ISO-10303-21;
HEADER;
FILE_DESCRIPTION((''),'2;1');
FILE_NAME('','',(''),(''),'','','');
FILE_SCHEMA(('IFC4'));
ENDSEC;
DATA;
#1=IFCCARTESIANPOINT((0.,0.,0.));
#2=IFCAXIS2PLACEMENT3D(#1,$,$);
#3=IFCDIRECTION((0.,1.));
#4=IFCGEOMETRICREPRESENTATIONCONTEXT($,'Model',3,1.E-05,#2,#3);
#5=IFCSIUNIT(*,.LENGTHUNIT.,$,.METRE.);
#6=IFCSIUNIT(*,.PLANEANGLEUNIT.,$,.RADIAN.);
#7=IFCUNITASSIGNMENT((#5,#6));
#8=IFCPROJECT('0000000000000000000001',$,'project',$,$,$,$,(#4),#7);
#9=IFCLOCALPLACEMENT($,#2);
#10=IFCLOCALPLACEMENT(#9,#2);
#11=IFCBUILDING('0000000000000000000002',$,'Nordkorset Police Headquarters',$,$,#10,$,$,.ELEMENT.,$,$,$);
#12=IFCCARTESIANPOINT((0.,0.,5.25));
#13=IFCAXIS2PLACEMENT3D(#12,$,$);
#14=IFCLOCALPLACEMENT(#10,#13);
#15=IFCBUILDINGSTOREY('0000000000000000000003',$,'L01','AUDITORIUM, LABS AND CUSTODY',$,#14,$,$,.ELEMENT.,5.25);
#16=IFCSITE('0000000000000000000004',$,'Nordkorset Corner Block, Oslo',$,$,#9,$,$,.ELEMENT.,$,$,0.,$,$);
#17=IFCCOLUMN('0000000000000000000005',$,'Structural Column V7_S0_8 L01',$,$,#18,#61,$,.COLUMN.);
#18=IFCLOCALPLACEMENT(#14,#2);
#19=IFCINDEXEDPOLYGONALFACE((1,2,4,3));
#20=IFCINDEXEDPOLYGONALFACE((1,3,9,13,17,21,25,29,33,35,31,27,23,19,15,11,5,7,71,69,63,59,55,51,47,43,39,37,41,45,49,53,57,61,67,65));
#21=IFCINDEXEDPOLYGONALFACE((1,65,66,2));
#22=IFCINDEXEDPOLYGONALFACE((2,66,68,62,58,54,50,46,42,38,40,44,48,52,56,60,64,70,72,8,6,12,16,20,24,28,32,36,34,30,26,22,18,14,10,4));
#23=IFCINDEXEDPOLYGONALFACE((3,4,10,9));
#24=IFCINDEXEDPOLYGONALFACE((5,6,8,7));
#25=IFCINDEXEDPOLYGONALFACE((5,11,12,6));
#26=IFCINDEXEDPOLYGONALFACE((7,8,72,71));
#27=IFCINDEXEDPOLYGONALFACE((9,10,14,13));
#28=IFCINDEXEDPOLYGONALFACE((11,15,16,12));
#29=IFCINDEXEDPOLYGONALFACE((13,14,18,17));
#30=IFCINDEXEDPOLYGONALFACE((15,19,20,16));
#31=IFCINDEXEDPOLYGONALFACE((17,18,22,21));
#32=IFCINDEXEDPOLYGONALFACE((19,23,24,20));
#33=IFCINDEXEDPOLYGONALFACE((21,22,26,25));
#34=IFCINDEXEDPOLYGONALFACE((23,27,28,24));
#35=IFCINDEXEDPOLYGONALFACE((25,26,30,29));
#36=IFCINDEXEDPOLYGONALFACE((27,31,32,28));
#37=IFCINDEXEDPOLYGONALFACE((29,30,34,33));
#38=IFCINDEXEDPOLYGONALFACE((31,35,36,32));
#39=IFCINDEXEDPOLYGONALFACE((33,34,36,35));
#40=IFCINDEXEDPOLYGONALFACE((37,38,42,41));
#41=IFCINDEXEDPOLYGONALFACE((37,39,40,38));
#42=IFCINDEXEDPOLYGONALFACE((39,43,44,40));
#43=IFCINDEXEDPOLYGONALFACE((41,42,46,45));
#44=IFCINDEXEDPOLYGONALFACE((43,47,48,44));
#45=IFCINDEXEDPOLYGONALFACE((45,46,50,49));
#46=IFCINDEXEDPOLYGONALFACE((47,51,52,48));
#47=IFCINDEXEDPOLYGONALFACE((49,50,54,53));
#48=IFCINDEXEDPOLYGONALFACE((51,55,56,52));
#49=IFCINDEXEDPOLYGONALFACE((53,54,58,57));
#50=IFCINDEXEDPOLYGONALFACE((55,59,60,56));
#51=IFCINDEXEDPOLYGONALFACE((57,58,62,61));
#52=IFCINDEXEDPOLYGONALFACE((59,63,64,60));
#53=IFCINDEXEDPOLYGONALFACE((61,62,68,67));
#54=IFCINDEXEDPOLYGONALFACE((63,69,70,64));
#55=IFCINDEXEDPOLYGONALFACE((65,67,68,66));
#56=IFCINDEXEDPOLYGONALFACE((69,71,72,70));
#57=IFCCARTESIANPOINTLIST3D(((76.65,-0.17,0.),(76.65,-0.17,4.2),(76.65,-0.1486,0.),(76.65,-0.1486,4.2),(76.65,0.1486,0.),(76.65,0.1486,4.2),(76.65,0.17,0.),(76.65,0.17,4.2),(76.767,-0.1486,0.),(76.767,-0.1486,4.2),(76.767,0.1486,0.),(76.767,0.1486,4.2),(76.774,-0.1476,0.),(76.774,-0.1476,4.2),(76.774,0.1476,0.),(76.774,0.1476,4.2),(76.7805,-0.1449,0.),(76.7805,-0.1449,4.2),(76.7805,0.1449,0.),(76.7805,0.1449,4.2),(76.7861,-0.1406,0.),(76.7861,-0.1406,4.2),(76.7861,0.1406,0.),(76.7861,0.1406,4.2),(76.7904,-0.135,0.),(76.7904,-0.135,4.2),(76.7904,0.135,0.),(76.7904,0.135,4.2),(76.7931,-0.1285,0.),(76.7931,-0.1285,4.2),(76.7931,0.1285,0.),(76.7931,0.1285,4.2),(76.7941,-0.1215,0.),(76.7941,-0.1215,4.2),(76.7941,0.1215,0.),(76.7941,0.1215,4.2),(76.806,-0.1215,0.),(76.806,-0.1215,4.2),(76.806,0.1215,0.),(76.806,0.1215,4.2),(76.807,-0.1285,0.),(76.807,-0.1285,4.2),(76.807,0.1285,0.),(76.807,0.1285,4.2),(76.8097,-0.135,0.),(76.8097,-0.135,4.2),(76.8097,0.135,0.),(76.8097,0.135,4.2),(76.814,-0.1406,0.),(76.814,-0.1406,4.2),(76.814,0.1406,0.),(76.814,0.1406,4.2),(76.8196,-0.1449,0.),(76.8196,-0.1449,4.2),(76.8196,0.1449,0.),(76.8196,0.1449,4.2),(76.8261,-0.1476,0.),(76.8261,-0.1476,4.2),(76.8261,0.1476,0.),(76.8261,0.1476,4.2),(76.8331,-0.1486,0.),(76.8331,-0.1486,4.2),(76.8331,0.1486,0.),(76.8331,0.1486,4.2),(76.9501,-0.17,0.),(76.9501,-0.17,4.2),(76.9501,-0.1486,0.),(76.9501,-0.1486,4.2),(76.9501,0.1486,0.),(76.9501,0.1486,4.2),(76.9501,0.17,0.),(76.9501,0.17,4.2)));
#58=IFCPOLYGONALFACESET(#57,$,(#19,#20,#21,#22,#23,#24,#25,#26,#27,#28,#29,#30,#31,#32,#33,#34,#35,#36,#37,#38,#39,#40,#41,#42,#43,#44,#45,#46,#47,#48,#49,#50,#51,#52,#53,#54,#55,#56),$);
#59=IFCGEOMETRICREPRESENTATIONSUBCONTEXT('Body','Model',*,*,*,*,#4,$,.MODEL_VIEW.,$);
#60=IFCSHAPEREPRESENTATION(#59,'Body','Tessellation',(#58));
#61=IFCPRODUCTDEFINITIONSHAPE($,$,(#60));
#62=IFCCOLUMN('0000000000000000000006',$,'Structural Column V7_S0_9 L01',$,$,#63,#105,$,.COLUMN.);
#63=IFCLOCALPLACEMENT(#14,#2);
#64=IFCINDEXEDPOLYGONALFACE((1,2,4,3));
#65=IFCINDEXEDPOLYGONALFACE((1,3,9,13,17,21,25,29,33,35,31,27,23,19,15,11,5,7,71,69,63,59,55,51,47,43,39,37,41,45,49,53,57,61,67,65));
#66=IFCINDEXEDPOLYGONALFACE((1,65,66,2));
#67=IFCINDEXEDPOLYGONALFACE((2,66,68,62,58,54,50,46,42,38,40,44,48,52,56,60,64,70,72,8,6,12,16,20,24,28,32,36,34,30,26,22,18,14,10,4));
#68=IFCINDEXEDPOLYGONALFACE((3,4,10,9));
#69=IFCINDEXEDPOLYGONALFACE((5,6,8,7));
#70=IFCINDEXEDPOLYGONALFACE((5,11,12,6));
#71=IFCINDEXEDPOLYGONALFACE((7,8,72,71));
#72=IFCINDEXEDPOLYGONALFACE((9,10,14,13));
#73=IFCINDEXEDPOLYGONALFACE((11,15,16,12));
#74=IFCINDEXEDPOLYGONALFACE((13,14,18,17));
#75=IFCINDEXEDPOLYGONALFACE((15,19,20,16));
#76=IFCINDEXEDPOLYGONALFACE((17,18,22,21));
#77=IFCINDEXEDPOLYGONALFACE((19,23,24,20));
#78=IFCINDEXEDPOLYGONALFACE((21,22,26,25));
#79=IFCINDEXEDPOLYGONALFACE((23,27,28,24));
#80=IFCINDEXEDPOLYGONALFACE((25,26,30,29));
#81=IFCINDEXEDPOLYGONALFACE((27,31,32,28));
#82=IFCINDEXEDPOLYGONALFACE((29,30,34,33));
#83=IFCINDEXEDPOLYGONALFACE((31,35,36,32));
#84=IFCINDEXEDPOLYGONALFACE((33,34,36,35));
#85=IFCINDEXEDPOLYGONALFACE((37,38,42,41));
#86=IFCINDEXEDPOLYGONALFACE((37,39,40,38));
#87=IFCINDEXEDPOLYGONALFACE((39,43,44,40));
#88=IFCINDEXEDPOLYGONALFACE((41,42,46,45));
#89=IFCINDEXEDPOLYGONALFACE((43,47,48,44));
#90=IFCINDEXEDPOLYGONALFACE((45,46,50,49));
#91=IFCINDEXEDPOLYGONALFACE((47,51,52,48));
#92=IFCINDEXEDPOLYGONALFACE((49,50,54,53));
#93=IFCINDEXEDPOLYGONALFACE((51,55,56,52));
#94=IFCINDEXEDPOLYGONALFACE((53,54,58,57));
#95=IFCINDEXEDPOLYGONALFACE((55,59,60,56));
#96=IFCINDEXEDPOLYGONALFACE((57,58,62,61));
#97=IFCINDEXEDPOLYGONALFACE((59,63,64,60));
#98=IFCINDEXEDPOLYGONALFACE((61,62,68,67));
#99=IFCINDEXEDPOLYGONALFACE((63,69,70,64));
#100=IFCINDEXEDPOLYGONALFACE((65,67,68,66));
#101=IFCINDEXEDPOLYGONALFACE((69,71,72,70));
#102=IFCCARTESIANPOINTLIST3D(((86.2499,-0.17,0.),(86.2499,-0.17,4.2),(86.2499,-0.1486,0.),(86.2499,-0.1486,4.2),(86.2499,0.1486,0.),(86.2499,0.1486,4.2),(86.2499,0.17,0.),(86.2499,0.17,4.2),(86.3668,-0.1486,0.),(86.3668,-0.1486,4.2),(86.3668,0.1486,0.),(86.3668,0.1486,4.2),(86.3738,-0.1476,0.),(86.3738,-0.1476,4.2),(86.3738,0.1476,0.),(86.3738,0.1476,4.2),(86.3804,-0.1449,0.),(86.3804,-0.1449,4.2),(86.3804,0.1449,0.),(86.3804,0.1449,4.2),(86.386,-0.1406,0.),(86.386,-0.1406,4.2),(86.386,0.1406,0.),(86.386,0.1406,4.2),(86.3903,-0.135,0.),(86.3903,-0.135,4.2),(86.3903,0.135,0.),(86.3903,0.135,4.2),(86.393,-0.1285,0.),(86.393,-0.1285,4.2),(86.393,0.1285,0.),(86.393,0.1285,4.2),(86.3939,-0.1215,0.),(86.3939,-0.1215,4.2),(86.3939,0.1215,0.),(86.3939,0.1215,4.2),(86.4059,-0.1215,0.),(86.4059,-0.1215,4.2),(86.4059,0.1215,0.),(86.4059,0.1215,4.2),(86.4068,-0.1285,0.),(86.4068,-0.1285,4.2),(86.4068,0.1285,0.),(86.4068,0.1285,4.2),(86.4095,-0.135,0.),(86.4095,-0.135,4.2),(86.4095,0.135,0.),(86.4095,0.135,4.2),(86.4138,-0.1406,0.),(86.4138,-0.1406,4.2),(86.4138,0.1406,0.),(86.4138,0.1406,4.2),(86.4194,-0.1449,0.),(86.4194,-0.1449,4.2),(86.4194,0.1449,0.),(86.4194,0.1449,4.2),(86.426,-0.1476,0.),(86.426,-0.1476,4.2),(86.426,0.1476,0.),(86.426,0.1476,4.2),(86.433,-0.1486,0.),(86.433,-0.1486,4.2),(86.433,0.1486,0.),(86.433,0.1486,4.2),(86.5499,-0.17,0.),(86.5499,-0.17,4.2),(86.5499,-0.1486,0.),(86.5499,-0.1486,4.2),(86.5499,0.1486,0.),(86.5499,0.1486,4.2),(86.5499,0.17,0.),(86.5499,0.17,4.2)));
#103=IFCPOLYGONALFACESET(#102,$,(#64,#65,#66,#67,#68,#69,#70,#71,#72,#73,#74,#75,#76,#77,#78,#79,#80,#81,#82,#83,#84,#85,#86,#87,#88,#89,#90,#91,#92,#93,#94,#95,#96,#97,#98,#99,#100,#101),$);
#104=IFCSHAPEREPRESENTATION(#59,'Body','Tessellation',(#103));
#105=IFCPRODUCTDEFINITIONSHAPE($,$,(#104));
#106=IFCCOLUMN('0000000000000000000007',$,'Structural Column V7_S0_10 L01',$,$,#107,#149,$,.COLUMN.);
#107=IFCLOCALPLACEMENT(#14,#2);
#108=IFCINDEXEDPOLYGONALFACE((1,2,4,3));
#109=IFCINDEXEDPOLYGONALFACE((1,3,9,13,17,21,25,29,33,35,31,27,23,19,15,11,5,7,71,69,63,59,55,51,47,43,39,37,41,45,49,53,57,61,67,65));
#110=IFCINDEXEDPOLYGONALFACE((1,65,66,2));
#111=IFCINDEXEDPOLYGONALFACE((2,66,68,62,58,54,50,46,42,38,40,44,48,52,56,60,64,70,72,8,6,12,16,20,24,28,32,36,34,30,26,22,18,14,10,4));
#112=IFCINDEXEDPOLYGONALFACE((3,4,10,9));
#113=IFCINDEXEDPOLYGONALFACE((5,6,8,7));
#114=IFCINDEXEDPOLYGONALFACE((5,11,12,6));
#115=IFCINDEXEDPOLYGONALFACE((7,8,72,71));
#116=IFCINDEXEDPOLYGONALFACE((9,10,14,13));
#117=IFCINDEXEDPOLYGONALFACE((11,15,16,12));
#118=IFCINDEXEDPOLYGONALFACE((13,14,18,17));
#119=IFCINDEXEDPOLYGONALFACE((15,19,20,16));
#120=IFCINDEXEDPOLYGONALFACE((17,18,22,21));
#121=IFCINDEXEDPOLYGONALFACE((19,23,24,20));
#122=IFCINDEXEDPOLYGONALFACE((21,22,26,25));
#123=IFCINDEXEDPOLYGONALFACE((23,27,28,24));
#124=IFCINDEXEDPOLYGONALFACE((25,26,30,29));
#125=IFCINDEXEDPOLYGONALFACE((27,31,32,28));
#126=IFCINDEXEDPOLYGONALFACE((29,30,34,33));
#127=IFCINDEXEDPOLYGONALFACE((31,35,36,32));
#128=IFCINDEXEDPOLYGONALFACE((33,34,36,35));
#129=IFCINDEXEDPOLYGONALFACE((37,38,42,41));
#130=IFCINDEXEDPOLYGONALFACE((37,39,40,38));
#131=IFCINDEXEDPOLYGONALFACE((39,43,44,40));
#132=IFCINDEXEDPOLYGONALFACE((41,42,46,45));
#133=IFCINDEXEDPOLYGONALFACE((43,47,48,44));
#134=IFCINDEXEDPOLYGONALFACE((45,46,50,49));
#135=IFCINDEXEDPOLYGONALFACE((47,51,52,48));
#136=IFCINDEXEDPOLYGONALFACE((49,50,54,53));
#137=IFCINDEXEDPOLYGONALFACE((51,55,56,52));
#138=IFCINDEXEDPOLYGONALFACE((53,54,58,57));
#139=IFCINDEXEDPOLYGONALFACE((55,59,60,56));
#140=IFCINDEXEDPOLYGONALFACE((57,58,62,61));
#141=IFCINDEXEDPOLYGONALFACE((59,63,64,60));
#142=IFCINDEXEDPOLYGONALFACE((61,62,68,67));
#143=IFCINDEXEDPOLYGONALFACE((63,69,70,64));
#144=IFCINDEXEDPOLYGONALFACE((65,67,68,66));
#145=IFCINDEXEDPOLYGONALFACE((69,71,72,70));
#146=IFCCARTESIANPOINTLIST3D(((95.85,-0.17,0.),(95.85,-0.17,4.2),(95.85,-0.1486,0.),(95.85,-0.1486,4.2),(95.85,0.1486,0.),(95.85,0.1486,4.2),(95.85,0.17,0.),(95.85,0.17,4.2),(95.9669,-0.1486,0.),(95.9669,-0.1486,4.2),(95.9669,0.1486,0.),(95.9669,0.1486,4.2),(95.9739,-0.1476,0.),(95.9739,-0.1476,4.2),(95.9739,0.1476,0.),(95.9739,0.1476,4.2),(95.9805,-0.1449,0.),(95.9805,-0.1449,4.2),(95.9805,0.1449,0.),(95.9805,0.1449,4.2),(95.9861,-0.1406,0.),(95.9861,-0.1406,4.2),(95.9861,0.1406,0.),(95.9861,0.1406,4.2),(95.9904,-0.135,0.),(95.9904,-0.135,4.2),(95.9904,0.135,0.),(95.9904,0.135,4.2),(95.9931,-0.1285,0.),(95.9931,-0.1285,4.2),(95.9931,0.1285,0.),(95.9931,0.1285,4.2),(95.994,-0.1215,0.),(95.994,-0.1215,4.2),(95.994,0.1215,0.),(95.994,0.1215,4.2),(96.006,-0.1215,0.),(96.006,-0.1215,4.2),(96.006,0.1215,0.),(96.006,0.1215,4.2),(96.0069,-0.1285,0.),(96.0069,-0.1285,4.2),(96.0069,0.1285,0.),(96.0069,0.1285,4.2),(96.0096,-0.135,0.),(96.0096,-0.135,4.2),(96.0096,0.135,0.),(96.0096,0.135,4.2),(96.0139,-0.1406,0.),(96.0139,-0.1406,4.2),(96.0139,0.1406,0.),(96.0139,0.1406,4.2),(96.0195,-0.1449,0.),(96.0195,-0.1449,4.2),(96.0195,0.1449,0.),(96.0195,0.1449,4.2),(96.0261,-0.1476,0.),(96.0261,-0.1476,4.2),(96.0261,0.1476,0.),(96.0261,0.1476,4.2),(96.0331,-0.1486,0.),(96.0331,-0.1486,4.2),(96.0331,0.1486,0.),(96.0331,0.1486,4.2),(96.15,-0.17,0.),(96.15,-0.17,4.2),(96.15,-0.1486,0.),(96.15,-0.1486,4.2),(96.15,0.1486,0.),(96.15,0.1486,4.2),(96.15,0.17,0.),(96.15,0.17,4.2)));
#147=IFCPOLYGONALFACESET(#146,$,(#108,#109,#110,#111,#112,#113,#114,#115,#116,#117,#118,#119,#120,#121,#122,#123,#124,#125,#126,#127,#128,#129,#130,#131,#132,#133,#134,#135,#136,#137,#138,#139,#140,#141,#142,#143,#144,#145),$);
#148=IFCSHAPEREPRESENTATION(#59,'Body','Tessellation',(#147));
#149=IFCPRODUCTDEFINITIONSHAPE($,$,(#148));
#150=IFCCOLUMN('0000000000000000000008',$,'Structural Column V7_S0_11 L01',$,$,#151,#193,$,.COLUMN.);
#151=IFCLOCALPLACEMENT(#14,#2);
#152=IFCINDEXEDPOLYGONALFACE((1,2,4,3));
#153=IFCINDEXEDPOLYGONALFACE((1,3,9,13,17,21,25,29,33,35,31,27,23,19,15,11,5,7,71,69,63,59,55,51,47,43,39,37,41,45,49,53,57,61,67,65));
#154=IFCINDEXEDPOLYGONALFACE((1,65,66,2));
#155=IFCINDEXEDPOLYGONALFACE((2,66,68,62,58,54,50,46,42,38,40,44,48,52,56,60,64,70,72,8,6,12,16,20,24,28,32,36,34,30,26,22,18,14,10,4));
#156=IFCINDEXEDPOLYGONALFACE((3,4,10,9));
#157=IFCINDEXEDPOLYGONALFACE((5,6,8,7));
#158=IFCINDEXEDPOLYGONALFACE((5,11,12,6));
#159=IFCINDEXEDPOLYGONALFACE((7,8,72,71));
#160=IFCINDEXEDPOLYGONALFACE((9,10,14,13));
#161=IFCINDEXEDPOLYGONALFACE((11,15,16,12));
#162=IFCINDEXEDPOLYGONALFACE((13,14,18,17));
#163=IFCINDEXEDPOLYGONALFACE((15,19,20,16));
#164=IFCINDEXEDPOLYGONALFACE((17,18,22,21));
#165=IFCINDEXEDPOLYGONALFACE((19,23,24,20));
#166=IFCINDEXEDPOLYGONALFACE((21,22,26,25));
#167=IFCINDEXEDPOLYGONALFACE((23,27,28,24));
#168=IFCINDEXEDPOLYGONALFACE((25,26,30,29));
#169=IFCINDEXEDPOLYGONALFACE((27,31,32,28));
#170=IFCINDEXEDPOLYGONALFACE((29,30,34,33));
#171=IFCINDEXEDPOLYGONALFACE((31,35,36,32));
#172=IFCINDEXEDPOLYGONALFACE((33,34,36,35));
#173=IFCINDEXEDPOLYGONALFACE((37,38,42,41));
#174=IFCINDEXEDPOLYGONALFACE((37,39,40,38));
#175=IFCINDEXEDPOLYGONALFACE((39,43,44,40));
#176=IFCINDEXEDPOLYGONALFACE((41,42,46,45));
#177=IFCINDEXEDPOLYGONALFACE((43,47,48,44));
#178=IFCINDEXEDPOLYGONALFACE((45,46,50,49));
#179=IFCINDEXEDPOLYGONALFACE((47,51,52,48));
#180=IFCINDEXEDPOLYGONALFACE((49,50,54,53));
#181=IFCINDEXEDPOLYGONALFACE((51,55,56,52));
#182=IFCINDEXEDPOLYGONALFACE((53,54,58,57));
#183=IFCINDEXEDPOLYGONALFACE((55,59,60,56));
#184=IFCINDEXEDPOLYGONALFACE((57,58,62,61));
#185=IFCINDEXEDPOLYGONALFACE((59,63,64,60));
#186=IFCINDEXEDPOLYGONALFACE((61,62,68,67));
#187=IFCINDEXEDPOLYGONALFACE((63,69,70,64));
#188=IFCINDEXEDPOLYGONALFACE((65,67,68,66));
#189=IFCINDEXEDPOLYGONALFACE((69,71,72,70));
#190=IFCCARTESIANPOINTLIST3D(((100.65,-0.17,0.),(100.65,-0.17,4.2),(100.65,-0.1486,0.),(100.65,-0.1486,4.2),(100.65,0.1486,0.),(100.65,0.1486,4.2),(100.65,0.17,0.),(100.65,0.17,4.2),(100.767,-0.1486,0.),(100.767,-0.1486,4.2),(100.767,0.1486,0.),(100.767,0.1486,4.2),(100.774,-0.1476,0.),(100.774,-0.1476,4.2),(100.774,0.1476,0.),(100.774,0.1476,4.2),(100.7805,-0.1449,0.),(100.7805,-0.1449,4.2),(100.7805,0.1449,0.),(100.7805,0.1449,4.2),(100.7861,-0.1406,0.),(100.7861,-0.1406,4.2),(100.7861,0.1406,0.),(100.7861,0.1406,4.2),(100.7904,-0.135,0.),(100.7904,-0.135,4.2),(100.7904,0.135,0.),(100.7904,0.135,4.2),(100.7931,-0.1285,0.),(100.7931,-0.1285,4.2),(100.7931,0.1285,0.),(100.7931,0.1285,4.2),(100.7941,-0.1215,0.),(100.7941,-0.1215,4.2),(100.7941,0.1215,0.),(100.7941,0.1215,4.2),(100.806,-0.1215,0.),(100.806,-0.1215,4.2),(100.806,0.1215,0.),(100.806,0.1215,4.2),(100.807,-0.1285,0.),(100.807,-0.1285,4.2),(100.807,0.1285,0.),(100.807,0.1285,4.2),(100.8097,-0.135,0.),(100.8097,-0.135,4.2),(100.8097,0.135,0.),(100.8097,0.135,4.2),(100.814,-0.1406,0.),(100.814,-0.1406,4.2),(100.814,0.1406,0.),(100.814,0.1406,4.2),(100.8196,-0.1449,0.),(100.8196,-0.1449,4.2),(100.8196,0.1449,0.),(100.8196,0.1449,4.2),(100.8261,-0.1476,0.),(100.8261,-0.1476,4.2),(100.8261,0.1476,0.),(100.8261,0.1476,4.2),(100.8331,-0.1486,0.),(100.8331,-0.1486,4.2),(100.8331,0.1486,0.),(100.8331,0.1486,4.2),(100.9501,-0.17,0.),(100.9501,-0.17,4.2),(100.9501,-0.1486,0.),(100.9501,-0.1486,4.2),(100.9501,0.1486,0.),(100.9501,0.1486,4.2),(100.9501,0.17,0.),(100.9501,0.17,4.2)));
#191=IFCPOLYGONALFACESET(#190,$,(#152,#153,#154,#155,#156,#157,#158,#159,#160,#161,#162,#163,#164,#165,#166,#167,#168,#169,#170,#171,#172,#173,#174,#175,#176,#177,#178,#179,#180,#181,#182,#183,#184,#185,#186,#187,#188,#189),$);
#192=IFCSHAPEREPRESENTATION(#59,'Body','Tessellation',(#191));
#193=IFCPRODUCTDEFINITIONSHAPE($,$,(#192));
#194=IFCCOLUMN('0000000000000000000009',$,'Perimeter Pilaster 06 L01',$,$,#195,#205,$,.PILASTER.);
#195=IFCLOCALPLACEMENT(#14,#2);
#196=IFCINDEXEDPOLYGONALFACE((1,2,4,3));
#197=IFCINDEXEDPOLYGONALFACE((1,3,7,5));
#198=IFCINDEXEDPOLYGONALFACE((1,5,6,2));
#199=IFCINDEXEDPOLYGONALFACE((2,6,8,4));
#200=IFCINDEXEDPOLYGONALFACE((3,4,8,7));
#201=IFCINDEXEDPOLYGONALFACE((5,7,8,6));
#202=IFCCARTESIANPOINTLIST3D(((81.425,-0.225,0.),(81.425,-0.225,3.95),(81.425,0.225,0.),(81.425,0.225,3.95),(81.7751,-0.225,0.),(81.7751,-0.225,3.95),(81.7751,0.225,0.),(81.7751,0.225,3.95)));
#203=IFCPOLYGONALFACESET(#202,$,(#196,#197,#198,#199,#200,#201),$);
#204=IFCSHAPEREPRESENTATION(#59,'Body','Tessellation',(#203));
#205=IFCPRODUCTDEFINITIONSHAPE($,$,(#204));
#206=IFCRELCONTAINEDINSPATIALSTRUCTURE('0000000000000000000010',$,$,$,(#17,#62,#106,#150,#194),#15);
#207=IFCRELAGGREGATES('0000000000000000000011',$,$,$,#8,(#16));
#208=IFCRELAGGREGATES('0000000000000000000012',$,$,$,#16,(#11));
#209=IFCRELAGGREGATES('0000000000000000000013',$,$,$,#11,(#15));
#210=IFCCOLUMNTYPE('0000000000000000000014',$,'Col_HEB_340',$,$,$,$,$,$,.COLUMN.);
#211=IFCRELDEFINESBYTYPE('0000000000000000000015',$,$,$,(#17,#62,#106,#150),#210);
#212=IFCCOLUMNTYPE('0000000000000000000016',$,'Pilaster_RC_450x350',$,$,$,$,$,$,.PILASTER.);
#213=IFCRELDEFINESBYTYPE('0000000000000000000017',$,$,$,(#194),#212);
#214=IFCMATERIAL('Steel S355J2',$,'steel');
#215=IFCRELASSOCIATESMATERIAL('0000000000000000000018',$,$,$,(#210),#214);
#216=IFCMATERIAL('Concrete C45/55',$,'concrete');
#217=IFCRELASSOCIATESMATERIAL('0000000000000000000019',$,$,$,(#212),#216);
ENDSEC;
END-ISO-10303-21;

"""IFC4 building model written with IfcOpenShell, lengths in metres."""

from ifc_helpers import new_model, si_unit, direction, frame, origin, origin_2d, place, context, subcontext, project, spatial, rectangle, i_section, extrude, material, material_profile, profile_set, type_object, element, save


model = new_model("IFC4")

# Units and contexts
model_context = context("Model", 3, precision=1e-05, world=origin(), true_north=direction((0.0, 1.0)))
body_context = subcontext(model_context, "Body", "Model", "MODEL_VIEW")
ifc_project = project(units=[si_unit("LENGTHUNIT", "METRE"), si_unit("PLANEANGLEUNIT", "RADIAN")], contexts=[model_context])

# Site, building, storey
site_placement = place(None, origin())
site = spatial("IfcSite", under=ifc_project, at=site_placement, Name="Nordkorset Corner Block, Oslo", CompositionType="ELEMENT", RefElevation=0.0)
building_placement = place(site_placement, origin())
building = spatial("IfcBuilding", under=site, at=building_placement, Name="Nordkorset Police Headquarters", CompositionType="ELEMENT")
storey_placement = place(building_placement, frame((0.0, 0.0, 5.25)))
storey = spatial("IfcBuildingStorey", under=building, at=storey_placement, Name="L01", Description="AUDITORIUM, LABS AND CUSTODY", CompositionType="ELEMENT", Elevation=5.25)

# Columns
ifc_material_1 = material(Name="Steel S355J2", Category="steel")
ifc_material_profile_1 = material_profile(ifc_material_1, i_section(OverallWidth=0.3, OverallDepth=0.3401, WebThickness=0.012, FlangeThickness=0.0215, FilletRadius=0.0271, at=origin_2d()), Name="HEB 340")
ifc_profile_set_1 = profile_set([ifc_material_profile_1], Name="Steel S355J2")
column_type_1 = type_object("IfcColumnType", Name="Col_HEB_340", PredefinedType="COLUMN", material=ifc_profile_set_1)
for number, where, z_axis, x_axis, name in (
    (1, (76.8, 0.0, 0.0), (0.0, 0.0, 1.0), (1.0, 0.0, 0.0), "Structural Column V7_S0_8 L01"),
    (2, (86.3999, 0.0, 0.0), (0.0, 0.0, 1.0), (1.0, 0.0, 0.0), "Structural Column V7_S0_9 L01"),
    (3, (96.0, 0.0, 0.0), (0.0, 0.0, 1.0), (1.0, 0.0, 0.0), "Structural Column V7_S0_10 L01"),
    (4, (100.8, 0.0, 0.0), (0.0, 0.0, 1.0), (1.0, 0.0, 0.0), "Structural Column V7_S0_11 L01"),
):
    element("IfcColumn", number, at=place(storey_placement, frame(where, z_axis=z_axis, x_axis=x_axis)), inside=storey, type_object=column_type_1, Name=name, PredefinedType="COLUMN", context=body_context, shape_type="SweptSolid", body=[
        extrude(i_section(OverallWidth=0.3, OverallDepth=0.3401, WebThickness=0.012, FlangeThickness=0.0215, FilletRadius=0.0271, at=origin_2d()), origin(), (0.0, 0.0, 1.0), 4.2),
    ])
ifc_material_2 = material(Name="Concrete C45/55", Category="concrete")
ifc_material_profile_2 = material_profile(ifc_material_2, rectangle(XDim=0.3501, YDim=0.45, at=origin_2d()), Name="RC 450x350")
ifc_profile_set_2 = profile_set([ifc_material_profile_2], Name="Concrete C45/55")
column_type_2 = type_object("IfcColumnType", Name="Pilaster_RC_450x350", PredefinedType="PILASTER", material=ifc_profile_set_2)
column_placement = place(storey_placement, frame((81.6001, 0.0, 0.0), z_axis=(0.0, 0.0, 1.0), x_axis=(1.0, 0.0, 0.0)))
element("IfcColumn", 5, at=column_placement, inside=storey, type_object=column_type_2, Name="Perimeter Pilaster 06 L01", PredefinedType="PILASTER", context=body_context, shape_type="SweptSolid", body=[
    extrude(rectangle(XDim=0.3501, YDim=0.45, at=origin_2d()), origin(), (0.0, 0.0, 1.0), 3.95),
])

save(model, "model.ifc")
